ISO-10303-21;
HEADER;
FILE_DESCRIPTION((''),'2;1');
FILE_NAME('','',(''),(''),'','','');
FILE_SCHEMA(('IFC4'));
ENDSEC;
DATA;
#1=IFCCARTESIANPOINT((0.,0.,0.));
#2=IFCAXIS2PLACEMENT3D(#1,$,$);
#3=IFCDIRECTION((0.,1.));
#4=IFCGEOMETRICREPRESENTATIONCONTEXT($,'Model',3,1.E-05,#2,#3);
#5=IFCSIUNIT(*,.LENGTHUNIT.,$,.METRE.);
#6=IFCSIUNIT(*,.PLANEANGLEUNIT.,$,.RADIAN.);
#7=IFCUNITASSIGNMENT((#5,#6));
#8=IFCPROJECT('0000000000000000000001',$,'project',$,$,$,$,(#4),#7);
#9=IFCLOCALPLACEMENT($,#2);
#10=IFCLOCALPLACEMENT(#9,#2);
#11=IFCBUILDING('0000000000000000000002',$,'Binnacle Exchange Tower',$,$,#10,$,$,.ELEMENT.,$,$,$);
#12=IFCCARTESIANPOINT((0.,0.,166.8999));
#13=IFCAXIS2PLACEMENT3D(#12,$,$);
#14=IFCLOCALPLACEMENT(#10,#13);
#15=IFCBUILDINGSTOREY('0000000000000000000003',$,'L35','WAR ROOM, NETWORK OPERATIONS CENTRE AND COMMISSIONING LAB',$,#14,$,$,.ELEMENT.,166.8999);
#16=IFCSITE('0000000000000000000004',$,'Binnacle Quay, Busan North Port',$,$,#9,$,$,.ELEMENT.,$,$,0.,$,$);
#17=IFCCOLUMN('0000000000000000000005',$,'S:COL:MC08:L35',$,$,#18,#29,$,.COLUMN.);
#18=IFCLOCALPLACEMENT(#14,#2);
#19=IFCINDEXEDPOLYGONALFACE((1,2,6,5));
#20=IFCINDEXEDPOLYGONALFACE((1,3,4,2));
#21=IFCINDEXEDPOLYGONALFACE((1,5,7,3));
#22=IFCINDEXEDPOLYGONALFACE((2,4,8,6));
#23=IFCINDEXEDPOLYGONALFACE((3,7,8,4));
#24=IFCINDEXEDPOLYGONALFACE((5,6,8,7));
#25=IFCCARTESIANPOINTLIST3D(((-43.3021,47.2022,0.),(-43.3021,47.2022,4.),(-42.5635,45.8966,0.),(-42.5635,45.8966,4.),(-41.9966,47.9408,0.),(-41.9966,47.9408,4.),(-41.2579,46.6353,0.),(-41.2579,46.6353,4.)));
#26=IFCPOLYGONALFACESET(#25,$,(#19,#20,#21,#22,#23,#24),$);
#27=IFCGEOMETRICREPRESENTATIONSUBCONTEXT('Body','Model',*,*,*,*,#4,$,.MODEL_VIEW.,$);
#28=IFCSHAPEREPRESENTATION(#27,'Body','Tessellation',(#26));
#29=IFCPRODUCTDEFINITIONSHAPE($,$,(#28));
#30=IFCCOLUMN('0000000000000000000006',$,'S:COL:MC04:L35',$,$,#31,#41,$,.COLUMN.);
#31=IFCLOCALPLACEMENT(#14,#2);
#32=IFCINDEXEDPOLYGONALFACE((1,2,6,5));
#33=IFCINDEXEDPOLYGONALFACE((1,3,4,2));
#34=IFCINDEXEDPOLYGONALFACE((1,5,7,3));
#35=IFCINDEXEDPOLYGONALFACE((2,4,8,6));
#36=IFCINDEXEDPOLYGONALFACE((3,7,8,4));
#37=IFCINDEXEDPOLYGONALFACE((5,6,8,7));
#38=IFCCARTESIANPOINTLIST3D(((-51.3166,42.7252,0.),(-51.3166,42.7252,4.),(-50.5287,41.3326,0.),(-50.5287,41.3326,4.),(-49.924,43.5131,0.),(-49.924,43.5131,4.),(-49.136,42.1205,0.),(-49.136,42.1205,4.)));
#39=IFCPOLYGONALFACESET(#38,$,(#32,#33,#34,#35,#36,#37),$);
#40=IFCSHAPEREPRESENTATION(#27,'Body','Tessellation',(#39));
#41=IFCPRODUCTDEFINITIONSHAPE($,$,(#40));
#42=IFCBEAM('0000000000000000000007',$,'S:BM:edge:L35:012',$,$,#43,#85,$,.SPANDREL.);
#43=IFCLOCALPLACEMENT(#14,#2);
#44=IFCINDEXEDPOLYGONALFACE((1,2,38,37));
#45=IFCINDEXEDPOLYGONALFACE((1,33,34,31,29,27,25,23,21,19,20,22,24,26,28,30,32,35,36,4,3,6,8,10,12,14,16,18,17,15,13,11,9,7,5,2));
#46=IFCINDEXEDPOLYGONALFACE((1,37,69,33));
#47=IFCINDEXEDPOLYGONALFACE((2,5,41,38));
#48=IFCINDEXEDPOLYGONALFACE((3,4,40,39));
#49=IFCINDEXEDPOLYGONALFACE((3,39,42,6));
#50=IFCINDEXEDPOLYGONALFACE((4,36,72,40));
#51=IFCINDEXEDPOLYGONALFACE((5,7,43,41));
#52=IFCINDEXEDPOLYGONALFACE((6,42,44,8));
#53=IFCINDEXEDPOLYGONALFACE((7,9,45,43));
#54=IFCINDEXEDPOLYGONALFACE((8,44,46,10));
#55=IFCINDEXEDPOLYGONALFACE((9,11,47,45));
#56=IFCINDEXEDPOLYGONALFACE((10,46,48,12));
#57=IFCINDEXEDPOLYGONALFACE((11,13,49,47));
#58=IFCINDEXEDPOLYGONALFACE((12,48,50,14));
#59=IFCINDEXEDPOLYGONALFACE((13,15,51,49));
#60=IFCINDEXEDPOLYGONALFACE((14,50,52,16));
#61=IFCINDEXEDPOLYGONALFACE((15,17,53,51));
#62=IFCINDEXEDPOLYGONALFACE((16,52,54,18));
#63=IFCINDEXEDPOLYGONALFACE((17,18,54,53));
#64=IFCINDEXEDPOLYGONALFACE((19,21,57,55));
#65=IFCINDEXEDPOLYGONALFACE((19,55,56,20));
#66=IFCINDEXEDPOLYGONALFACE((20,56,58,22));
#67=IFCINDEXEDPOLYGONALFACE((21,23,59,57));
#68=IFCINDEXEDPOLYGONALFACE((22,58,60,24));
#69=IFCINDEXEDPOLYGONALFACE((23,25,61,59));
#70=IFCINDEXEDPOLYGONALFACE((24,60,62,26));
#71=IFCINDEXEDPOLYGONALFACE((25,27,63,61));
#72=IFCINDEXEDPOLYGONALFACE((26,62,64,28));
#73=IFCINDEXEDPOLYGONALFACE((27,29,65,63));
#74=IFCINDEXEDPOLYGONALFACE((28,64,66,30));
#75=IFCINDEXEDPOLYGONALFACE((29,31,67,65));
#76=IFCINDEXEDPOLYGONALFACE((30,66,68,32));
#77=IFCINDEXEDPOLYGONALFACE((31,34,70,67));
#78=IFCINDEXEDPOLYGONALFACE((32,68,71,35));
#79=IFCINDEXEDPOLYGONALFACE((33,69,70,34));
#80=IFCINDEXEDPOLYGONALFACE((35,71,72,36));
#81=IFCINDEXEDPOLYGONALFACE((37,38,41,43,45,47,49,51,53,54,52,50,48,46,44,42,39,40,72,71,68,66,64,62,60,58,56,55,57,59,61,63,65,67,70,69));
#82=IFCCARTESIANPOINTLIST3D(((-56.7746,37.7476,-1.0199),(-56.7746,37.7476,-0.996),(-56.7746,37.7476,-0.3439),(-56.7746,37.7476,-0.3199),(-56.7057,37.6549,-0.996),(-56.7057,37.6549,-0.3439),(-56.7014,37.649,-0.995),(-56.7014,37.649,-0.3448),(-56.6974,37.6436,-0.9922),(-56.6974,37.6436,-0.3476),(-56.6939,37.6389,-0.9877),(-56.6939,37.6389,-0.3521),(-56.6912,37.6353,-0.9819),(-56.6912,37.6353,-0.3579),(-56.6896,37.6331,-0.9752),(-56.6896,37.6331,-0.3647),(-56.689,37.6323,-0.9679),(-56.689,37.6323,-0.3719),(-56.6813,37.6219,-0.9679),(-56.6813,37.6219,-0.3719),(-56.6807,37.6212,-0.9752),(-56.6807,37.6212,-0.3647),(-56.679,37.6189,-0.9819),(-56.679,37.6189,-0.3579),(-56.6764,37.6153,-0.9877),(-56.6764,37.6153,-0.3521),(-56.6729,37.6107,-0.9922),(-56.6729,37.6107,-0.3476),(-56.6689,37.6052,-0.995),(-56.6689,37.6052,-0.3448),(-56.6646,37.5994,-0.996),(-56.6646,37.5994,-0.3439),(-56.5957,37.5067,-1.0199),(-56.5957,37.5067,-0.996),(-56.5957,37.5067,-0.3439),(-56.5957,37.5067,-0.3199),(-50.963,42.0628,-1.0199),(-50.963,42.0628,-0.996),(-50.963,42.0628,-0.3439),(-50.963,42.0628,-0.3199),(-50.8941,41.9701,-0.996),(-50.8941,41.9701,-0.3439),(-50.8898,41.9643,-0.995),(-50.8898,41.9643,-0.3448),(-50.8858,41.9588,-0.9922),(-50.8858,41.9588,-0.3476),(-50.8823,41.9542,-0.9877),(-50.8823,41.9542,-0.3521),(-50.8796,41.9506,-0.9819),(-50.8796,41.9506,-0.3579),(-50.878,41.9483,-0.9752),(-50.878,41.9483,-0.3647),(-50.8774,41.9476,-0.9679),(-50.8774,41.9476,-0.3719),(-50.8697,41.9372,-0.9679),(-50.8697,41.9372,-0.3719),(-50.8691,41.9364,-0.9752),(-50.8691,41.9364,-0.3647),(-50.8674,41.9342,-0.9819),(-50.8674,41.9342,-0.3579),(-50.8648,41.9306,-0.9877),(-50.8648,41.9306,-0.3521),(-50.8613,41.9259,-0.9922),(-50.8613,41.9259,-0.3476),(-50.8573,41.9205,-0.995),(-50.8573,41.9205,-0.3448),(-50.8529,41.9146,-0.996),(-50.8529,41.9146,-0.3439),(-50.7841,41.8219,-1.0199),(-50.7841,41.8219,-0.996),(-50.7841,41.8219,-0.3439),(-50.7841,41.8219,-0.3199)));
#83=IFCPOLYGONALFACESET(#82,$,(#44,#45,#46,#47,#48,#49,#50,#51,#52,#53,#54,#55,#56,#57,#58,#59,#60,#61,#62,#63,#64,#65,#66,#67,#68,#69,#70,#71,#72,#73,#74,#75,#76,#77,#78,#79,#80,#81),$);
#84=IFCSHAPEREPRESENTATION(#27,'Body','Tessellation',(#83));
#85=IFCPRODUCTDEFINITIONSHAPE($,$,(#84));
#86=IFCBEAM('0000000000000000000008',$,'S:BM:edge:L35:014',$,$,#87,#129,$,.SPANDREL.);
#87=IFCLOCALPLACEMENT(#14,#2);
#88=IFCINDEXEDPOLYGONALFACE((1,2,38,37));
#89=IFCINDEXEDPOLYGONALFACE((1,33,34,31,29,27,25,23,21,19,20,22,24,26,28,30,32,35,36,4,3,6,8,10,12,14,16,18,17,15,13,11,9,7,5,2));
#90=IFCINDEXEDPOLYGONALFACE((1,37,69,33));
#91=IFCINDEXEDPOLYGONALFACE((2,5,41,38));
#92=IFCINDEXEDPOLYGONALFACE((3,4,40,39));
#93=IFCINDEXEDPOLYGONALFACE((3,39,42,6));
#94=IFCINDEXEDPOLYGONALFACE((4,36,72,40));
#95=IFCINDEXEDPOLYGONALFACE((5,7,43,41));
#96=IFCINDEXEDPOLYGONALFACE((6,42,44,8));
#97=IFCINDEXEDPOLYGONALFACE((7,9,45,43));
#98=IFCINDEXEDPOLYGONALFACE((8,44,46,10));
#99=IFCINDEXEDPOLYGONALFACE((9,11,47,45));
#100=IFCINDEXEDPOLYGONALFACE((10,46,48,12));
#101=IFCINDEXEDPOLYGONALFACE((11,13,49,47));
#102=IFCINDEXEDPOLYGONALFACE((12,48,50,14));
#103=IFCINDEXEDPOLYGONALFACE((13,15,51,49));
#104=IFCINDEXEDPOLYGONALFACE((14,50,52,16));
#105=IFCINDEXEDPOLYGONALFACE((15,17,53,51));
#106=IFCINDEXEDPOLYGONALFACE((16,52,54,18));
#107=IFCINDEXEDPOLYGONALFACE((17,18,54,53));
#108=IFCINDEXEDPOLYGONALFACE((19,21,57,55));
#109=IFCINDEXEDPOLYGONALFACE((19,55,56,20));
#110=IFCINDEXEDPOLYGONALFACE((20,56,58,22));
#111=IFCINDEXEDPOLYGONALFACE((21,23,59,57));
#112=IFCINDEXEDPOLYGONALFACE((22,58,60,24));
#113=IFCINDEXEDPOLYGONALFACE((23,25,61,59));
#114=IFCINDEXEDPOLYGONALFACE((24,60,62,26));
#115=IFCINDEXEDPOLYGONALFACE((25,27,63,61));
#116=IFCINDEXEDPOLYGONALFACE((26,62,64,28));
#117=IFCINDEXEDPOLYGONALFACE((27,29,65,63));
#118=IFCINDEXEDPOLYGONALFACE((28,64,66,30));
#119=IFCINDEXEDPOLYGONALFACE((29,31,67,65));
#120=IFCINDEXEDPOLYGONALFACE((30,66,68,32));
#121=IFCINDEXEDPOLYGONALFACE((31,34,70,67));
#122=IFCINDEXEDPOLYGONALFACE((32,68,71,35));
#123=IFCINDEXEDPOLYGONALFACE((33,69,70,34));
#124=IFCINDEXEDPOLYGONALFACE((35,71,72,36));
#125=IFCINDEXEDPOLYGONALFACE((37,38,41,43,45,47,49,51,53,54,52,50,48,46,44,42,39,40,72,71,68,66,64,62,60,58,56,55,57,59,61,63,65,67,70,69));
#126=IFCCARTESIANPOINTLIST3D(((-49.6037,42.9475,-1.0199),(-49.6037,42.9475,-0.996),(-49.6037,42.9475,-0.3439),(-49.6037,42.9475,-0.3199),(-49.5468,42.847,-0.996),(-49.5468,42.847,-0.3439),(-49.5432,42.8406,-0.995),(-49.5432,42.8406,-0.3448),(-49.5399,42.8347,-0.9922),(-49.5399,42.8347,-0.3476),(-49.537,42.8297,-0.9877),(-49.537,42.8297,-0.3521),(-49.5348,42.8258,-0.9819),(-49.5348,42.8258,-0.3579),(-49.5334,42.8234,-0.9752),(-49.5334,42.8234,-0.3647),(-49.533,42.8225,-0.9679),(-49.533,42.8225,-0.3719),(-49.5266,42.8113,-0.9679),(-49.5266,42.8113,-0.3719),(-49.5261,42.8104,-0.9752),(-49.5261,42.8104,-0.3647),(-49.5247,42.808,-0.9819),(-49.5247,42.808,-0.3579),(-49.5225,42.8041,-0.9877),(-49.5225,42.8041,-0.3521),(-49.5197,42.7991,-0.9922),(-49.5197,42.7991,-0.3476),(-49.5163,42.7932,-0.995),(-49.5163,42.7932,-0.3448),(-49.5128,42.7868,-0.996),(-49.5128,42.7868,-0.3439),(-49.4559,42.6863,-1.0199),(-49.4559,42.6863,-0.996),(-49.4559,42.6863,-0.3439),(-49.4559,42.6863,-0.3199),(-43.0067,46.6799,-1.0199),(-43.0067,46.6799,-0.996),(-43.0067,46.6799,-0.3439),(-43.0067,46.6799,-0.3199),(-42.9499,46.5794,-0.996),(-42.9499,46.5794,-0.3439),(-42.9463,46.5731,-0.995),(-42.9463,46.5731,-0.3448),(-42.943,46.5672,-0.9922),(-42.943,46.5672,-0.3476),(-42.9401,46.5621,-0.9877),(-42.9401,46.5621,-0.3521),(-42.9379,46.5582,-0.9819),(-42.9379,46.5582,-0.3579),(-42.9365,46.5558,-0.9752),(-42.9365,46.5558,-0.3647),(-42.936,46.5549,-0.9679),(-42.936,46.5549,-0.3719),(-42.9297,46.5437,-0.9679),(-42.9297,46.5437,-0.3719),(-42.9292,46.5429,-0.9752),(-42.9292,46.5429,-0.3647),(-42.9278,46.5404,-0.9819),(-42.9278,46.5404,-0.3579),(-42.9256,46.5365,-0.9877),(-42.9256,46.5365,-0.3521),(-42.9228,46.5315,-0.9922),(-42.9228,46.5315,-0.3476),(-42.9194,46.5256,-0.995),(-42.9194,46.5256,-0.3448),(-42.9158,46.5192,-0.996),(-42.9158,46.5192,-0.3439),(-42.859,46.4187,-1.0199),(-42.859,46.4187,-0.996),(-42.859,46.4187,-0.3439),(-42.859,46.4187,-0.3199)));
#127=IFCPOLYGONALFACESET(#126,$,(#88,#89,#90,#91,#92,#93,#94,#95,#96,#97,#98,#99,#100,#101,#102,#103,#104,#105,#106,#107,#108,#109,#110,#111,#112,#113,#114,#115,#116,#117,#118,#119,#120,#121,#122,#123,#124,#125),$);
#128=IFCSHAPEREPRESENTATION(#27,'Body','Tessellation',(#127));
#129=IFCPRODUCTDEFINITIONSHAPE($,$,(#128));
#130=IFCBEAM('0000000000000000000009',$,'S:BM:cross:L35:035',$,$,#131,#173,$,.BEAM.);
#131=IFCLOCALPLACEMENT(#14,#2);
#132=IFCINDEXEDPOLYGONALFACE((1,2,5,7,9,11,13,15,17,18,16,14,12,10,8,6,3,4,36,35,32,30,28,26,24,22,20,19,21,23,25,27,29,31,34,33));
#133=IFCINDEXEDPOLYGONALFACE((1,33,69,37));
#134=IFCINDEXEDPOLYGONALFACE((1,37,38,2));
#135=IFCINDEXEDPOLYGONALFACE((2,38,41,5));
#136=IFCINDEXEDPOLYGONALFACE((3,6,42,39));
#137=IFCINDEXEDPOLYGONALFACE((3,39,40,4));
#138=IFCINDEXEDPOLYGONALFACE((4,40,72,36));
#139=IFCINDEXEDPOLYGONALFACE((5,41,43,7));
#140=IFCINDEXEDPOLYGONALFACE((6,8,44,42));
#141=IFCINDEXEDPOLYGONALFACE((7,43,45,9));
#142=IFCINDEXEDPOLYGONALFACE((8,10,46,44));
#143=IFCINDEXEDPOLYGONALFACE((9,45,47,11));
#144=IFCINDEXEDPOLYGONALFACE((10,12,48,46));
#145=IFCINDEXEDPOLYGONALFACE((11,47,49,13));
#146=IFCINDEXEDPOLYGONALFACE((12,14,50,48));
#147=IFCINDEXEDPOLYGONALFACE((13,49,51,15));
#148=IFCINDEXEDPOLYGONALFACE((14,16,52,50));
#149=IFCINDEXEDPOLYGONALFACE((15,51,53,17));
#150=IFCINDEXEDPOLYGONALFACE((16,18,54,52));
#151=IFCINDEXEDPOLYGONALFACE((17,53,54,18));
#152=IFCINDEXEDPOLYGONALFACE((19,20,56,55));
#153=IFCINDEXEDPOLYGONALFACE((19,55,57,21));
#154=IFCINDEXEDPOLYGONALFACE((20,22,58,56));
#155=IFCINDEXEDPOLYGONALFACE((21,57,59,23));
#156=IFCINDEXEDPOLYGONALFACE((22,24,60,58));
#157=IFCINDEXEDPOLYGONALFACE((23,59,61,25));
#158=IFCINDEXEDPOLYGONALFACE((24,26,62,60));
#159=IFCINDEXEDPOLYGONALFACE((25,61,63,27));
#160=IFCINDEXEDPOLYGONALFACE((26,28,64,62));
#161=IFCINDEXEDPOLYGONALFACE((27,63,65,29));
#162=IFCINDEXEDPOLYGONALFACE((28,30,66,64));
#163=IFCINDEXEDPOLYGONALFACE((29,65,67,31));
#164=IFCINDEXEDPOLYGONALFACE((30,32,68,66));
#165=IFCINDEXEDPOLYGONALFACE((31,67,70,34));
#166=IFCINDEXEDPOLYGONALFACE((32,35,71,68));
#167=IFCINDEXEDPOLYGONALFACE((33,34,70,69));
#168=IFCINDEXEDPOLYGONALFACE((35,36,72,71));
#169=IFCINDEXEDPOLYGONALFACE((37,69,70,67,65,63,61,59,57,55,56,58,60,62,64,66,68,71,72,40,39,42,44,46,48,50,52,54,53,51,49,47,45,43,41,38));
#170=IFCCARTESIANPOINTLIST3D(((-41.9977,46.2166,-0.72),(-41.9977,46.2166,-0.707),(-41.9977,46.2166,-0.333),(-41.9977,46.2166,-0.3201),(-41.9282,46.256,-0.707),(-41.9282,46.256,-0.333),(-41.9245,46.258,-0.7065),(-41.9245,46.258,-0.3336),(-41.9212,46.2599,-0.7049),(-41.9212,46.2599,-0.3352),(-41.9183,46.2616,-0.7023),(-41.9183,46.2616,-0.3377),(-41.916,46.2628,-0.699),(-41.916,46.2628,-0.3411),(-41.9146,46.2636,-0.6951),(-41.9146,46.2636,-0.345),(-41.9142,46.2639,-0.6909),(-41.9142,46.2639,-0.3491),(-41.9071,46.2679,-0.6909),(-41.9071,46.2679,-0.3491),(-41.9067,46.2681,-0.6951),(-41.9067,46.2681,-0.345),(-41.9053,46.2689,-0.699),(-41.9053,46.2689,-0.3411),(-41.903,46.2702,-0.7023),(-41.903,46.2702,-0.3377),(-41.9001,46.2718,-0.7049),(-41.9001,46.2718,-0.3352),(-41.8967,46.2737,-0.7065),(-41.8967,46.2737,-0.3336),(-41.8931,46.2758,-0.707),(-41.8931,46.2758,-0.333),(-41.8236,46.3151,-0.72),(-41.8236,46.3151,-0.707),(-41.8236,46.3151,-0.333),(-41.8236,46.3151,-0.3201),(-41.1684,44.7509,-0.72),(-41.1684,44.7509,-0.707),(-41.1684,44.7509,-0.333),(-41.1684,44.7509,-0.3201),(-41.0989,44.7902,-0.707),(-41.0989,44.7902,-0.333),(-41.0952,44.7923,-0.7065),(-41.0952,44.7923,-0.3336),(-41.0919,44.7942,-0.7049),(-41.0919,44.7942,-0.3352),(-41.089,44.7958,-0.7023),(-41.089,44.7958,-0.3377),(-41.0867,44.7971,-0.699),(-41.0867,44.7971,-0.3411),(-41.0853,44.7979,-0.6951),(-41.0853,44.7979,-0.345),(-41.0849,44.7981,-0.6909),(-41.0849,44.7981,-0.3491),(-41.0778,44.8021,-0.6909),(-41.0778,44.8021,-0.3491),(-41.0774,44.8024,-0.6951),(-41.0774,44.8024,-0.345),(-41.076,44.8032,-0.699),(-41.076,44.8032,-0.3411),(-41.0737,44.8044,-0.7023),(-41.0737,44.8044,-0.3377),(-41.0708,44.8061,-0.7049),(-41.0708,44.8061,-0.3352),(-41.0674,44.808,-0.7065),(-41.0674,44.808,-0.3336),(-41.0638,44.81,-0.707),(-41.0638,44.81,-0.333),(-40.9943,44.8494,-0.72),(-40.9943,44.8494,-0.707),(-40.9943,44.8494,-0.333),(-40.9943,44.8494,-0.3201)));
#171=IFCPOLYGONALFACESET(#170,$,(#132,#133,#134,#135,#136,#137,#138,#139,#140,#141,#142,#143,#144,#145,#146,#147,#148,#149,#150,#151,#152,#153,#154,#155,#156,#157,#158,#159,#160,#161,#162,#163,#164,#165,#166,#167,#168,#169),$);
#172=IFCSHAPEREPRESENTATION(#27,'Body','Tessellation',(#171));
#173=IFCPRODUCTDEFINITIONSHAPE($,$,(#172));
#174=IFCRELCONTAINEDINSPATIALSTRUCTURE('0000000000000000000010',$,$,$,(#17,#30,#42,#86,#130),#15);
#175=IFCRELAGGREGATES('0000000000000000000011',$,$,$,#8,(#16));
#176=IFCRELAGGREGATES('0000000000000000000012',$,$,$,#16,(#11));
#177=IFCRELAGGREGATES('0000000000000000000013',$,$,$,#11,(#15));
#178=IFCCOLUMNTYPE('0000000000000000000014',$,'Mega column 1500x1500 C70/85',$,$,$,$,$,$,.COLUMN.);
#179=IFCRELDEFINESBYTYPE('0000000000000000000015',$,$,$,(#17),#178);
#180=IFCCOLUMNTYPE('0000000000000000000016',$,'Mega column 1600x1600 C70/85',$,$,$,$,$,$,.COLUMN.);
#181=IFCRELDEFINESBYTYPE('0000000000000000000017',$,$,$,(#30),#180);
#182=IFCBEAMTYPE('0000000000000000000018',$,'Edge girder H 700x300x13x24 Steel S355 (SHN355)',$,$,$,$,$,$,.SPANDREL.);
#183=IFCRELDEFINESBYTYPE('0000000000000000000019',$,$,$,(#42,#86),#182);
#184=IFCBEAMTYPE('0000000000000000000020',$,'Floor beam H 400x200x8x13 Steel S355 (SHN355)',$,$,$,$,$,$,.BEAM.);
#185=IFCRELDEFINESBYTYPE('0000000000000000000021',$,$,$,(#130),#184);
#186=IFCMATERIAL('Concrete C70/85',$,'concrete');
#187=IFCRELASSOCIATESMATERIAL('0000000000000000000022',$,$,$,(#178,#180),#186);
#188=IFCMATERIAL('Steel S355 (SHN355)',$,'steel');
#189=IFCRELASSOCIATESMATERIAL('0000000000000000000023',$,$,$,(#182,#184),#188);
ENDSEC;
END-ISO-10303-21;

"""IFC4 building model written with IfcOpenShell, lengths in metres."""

from ifc_helpers import new_model, si_unit, direction, frame, origin, origin_2d, place, context, subcontext, project, spatial, rectangle, i_section, extrude, material, material_profile, profile_set, type_object, element, save


model = new_model("IFC4")

# Units and contexts
model_context = context("Model", 3, precision=1e-05, world=origin(), true_north=direction((0.0, 1.0)))
body_context = subcontext(model_context, "Body", "Model", "MODEL_VIEW")
ifc_project = project(units=[si_unit("LENGTHUNIT", "METRE"), si_unit("PLANEANGLEUNIT", "RADIAN")], contexts=[model_context])

# Site, building, storey
site_placement = place(None, origin())
site = spatial("IfcSite", under=ifc_project, at=site_placement, Name="Binnacle Quay, Busan North Port", CompositionType="ELEMENT", RefElevation=0.0)
building_placement = place(site_placement, origin())
building = spatial("IfcBuilding", under=site, at=building_placement, Name="Binnacle Exchange Tower", CompositionType="ELEMENT")
storey_placement = place(building_placement, frame((0.0, 0.0, 166.8999)))
storey = spatial("IfcBuildingStorey", under=building, at=storey_placement, Name="L35", Description="WAR ROOM, NETWORK OPERATIONS CENTRE AND COMMISSIONING LAB", CompositionType="ELEMENT", Elevation=166.8999)

# Columns
ifc_material_1 = material(Name="Concrete C70/85", Category="concrete")
ifc_material_profile_1 = material_profile(ifc_material_1, rectangle(XDim=1.5, YDim=1.5, at=origin_2d()), Name="Mega column 1500x1500 C70/85")
ifc_profile_set_1 = profile_set([ifc_material_profile_1], Name="Concrete C70/85")
column_type_1 = type_object("IfcColumnType", Name="Mega column 1500x1500 C70/85", PredefinedType="COLUMN", material=ifc_profile_set_1)
column_1_placement = place(storey_placement, frame((-42.28, 46.9187, 0.0), z_axis=(0.0, 0.0, 1.0), x_axis=(-0.870356, -0.492424, 0.0)))
element("IfcColumn", 1, at=column_1_placement, inside=storey, type_object=column_type_1, Name="S:COL:MC08:L35", PredefinedType="COLUMN", context=body_context, shape_type="SweptSolid", body=[
    extrude(rectangle(XDim=1.5, YDim=1.5, at=origin_2d()), origin(), (0.0, 0.0, 1.0), 4.0),
])
ifc_material_profile_2 = material_profile(ifc_material_1, rectangle(XDim=1.6001, YDim=1.6001, at=origin_2d()), Name="Mega column 1600x1600 C70/85")
ifc_profile_set_2 = profile_set([ifc_material_profile_2], Name="Concrete C70/85")
column_type_2 = type_object("IfcColumnType", Name="Mega column 1600x1600 C70/85", PredefinedType="COLUMN", material=ifc_profile_set_2)
column_2_placement = place(storey_placement, frame((-50.2263, 42.4229, 0.0), z_axis=(0.0, 0.0, 1.0), x_axis=(-0.870356, -0.492424, 0.0)))
element("IfcColumn", 2, at=column_2_placement, inside=storey, type_object=column_type_2, Name="S:COL:MC04:L35", PredefinedType="COLUMN", context=body_context, shape_type="SweptSolid", body=[
    extrude(rectangle(XDim=1.6001, YDim=1.6001, at=origin_2d()), origin(), (0.0, 0.0, 1.0), 4.0),
])

# Beams
ifc_material_2 = material(Name="Steel S355 (SHN355)", Category="steel")
ifc_material_profile_3 = material_profile(ifc_material_2, i_section(OverallWidth=0.3, OverallDepth=0.7, WebThickness=0.0129, FlangeThickness=0.0239, FilletRadius=0.0281, at=origin_2d()), Name="H 700x300x13x24")
ifc_profile_set_3 = profile_set([ifc_material_profile_3], Name="Steel S355 (SHN355)")
beam_type_1 = type_object("IfcBeamType", Name="Edge girder H 700x300x13x24 Steel S355 (SHN355)", PredefinedType="SPANDREL", material=ifc_profile_set_3)
beam_1_placement = place(storey_placement, frame((-50.8735, 41.9424, -0.6699), z_axis=(-0.802873, -0.596151, 0.0), x_axis=(0.596151, -0.802873, 0.0)))
element("IfcBeam", 3, at=beam_1_placement, inside=storey, type_object=beam_type_1, Name="S:BM:edge:L35:012", PredefinedType="SPANDREL", context=body_context, shape_type="SweptSolid", body=[
    extrude(i_section(OverallWidth=0.3, OverallDepth=0.7, WebThickness=0.0129, FlangeThickness=0.0239, FilletRadius=0.0281, at=origin_2d()), origin(), (0.0, 0.0, 1.0), 7.2385),
])
beam_2_placement = place(storey_placement, frame((-42.9329, 46.5493, -0.6699), z_axis=(-0.870352, -0.49243, 0.0), x_axis=(0.49243, -0.870352, 0.0)))
element("IfcBeam", 4, at=beam_2_placement, inside=storey, type_object=beam_type_1, Name="S:BM:edge:L35:014", PredefinedType="SPANDREL", context=body_context, shape_type="SweptSolid", body=[
    extrude(i_section(OverallWidth=0.3, OverallDepth=0.7, WebThickness=0.0129, FlangeThickness=0.0239, FilletRadius=0.0281, at=origin_2d()), origin(), (0.0, 0.0, 1.0), 7.5796),
])
ifc_material_profile_4 = material_profile(ifc_material_2, i_section(OverallWidth=0.2, OverallDepth=0.3999, WebThickness=0.0081, FlangeThickness=0.0129, FilletRadius=0.0161, at=origin_2d()), Name="H 400x200x8x13")
ifc_profile_set_4 = profile_set([ifc_material_profile_4], Name="Steel S355 (SHN355)")
beam_type_2 = type_object("IfcBeamType", Name="Floor beam H 400x200x8x13 Steel S355 (SHN355)", PredefinedType="BEAM", material=ifc_profile_set_4)
beam_3_placement = place(storey_placement, frame((-41.9106, 46.2659, -0.52), z_axis=(0.492435, -0.870349, 0.0), x_axis=(0.870349, 0.492435, 0.0)))
element("IfcBeam", 5, at=beam_3_placement, inside=storey, type_object=beam_type_2, Name="S:BM:cross:L35:035", PredefinedType="BEAM", context=body_context, shape_type="SweptSolid", body=[
    extrude(i_section(OverallWidth=0.2, OverallDepth=0.3999, WebThickness=0.0081, FlangeThickness=0.0129, FilletRadius=0.0161, at=origin_2d()), origin(), (0.0, 0.0, 1.0), 1.6841),
])

save(model, "model.ifc")
